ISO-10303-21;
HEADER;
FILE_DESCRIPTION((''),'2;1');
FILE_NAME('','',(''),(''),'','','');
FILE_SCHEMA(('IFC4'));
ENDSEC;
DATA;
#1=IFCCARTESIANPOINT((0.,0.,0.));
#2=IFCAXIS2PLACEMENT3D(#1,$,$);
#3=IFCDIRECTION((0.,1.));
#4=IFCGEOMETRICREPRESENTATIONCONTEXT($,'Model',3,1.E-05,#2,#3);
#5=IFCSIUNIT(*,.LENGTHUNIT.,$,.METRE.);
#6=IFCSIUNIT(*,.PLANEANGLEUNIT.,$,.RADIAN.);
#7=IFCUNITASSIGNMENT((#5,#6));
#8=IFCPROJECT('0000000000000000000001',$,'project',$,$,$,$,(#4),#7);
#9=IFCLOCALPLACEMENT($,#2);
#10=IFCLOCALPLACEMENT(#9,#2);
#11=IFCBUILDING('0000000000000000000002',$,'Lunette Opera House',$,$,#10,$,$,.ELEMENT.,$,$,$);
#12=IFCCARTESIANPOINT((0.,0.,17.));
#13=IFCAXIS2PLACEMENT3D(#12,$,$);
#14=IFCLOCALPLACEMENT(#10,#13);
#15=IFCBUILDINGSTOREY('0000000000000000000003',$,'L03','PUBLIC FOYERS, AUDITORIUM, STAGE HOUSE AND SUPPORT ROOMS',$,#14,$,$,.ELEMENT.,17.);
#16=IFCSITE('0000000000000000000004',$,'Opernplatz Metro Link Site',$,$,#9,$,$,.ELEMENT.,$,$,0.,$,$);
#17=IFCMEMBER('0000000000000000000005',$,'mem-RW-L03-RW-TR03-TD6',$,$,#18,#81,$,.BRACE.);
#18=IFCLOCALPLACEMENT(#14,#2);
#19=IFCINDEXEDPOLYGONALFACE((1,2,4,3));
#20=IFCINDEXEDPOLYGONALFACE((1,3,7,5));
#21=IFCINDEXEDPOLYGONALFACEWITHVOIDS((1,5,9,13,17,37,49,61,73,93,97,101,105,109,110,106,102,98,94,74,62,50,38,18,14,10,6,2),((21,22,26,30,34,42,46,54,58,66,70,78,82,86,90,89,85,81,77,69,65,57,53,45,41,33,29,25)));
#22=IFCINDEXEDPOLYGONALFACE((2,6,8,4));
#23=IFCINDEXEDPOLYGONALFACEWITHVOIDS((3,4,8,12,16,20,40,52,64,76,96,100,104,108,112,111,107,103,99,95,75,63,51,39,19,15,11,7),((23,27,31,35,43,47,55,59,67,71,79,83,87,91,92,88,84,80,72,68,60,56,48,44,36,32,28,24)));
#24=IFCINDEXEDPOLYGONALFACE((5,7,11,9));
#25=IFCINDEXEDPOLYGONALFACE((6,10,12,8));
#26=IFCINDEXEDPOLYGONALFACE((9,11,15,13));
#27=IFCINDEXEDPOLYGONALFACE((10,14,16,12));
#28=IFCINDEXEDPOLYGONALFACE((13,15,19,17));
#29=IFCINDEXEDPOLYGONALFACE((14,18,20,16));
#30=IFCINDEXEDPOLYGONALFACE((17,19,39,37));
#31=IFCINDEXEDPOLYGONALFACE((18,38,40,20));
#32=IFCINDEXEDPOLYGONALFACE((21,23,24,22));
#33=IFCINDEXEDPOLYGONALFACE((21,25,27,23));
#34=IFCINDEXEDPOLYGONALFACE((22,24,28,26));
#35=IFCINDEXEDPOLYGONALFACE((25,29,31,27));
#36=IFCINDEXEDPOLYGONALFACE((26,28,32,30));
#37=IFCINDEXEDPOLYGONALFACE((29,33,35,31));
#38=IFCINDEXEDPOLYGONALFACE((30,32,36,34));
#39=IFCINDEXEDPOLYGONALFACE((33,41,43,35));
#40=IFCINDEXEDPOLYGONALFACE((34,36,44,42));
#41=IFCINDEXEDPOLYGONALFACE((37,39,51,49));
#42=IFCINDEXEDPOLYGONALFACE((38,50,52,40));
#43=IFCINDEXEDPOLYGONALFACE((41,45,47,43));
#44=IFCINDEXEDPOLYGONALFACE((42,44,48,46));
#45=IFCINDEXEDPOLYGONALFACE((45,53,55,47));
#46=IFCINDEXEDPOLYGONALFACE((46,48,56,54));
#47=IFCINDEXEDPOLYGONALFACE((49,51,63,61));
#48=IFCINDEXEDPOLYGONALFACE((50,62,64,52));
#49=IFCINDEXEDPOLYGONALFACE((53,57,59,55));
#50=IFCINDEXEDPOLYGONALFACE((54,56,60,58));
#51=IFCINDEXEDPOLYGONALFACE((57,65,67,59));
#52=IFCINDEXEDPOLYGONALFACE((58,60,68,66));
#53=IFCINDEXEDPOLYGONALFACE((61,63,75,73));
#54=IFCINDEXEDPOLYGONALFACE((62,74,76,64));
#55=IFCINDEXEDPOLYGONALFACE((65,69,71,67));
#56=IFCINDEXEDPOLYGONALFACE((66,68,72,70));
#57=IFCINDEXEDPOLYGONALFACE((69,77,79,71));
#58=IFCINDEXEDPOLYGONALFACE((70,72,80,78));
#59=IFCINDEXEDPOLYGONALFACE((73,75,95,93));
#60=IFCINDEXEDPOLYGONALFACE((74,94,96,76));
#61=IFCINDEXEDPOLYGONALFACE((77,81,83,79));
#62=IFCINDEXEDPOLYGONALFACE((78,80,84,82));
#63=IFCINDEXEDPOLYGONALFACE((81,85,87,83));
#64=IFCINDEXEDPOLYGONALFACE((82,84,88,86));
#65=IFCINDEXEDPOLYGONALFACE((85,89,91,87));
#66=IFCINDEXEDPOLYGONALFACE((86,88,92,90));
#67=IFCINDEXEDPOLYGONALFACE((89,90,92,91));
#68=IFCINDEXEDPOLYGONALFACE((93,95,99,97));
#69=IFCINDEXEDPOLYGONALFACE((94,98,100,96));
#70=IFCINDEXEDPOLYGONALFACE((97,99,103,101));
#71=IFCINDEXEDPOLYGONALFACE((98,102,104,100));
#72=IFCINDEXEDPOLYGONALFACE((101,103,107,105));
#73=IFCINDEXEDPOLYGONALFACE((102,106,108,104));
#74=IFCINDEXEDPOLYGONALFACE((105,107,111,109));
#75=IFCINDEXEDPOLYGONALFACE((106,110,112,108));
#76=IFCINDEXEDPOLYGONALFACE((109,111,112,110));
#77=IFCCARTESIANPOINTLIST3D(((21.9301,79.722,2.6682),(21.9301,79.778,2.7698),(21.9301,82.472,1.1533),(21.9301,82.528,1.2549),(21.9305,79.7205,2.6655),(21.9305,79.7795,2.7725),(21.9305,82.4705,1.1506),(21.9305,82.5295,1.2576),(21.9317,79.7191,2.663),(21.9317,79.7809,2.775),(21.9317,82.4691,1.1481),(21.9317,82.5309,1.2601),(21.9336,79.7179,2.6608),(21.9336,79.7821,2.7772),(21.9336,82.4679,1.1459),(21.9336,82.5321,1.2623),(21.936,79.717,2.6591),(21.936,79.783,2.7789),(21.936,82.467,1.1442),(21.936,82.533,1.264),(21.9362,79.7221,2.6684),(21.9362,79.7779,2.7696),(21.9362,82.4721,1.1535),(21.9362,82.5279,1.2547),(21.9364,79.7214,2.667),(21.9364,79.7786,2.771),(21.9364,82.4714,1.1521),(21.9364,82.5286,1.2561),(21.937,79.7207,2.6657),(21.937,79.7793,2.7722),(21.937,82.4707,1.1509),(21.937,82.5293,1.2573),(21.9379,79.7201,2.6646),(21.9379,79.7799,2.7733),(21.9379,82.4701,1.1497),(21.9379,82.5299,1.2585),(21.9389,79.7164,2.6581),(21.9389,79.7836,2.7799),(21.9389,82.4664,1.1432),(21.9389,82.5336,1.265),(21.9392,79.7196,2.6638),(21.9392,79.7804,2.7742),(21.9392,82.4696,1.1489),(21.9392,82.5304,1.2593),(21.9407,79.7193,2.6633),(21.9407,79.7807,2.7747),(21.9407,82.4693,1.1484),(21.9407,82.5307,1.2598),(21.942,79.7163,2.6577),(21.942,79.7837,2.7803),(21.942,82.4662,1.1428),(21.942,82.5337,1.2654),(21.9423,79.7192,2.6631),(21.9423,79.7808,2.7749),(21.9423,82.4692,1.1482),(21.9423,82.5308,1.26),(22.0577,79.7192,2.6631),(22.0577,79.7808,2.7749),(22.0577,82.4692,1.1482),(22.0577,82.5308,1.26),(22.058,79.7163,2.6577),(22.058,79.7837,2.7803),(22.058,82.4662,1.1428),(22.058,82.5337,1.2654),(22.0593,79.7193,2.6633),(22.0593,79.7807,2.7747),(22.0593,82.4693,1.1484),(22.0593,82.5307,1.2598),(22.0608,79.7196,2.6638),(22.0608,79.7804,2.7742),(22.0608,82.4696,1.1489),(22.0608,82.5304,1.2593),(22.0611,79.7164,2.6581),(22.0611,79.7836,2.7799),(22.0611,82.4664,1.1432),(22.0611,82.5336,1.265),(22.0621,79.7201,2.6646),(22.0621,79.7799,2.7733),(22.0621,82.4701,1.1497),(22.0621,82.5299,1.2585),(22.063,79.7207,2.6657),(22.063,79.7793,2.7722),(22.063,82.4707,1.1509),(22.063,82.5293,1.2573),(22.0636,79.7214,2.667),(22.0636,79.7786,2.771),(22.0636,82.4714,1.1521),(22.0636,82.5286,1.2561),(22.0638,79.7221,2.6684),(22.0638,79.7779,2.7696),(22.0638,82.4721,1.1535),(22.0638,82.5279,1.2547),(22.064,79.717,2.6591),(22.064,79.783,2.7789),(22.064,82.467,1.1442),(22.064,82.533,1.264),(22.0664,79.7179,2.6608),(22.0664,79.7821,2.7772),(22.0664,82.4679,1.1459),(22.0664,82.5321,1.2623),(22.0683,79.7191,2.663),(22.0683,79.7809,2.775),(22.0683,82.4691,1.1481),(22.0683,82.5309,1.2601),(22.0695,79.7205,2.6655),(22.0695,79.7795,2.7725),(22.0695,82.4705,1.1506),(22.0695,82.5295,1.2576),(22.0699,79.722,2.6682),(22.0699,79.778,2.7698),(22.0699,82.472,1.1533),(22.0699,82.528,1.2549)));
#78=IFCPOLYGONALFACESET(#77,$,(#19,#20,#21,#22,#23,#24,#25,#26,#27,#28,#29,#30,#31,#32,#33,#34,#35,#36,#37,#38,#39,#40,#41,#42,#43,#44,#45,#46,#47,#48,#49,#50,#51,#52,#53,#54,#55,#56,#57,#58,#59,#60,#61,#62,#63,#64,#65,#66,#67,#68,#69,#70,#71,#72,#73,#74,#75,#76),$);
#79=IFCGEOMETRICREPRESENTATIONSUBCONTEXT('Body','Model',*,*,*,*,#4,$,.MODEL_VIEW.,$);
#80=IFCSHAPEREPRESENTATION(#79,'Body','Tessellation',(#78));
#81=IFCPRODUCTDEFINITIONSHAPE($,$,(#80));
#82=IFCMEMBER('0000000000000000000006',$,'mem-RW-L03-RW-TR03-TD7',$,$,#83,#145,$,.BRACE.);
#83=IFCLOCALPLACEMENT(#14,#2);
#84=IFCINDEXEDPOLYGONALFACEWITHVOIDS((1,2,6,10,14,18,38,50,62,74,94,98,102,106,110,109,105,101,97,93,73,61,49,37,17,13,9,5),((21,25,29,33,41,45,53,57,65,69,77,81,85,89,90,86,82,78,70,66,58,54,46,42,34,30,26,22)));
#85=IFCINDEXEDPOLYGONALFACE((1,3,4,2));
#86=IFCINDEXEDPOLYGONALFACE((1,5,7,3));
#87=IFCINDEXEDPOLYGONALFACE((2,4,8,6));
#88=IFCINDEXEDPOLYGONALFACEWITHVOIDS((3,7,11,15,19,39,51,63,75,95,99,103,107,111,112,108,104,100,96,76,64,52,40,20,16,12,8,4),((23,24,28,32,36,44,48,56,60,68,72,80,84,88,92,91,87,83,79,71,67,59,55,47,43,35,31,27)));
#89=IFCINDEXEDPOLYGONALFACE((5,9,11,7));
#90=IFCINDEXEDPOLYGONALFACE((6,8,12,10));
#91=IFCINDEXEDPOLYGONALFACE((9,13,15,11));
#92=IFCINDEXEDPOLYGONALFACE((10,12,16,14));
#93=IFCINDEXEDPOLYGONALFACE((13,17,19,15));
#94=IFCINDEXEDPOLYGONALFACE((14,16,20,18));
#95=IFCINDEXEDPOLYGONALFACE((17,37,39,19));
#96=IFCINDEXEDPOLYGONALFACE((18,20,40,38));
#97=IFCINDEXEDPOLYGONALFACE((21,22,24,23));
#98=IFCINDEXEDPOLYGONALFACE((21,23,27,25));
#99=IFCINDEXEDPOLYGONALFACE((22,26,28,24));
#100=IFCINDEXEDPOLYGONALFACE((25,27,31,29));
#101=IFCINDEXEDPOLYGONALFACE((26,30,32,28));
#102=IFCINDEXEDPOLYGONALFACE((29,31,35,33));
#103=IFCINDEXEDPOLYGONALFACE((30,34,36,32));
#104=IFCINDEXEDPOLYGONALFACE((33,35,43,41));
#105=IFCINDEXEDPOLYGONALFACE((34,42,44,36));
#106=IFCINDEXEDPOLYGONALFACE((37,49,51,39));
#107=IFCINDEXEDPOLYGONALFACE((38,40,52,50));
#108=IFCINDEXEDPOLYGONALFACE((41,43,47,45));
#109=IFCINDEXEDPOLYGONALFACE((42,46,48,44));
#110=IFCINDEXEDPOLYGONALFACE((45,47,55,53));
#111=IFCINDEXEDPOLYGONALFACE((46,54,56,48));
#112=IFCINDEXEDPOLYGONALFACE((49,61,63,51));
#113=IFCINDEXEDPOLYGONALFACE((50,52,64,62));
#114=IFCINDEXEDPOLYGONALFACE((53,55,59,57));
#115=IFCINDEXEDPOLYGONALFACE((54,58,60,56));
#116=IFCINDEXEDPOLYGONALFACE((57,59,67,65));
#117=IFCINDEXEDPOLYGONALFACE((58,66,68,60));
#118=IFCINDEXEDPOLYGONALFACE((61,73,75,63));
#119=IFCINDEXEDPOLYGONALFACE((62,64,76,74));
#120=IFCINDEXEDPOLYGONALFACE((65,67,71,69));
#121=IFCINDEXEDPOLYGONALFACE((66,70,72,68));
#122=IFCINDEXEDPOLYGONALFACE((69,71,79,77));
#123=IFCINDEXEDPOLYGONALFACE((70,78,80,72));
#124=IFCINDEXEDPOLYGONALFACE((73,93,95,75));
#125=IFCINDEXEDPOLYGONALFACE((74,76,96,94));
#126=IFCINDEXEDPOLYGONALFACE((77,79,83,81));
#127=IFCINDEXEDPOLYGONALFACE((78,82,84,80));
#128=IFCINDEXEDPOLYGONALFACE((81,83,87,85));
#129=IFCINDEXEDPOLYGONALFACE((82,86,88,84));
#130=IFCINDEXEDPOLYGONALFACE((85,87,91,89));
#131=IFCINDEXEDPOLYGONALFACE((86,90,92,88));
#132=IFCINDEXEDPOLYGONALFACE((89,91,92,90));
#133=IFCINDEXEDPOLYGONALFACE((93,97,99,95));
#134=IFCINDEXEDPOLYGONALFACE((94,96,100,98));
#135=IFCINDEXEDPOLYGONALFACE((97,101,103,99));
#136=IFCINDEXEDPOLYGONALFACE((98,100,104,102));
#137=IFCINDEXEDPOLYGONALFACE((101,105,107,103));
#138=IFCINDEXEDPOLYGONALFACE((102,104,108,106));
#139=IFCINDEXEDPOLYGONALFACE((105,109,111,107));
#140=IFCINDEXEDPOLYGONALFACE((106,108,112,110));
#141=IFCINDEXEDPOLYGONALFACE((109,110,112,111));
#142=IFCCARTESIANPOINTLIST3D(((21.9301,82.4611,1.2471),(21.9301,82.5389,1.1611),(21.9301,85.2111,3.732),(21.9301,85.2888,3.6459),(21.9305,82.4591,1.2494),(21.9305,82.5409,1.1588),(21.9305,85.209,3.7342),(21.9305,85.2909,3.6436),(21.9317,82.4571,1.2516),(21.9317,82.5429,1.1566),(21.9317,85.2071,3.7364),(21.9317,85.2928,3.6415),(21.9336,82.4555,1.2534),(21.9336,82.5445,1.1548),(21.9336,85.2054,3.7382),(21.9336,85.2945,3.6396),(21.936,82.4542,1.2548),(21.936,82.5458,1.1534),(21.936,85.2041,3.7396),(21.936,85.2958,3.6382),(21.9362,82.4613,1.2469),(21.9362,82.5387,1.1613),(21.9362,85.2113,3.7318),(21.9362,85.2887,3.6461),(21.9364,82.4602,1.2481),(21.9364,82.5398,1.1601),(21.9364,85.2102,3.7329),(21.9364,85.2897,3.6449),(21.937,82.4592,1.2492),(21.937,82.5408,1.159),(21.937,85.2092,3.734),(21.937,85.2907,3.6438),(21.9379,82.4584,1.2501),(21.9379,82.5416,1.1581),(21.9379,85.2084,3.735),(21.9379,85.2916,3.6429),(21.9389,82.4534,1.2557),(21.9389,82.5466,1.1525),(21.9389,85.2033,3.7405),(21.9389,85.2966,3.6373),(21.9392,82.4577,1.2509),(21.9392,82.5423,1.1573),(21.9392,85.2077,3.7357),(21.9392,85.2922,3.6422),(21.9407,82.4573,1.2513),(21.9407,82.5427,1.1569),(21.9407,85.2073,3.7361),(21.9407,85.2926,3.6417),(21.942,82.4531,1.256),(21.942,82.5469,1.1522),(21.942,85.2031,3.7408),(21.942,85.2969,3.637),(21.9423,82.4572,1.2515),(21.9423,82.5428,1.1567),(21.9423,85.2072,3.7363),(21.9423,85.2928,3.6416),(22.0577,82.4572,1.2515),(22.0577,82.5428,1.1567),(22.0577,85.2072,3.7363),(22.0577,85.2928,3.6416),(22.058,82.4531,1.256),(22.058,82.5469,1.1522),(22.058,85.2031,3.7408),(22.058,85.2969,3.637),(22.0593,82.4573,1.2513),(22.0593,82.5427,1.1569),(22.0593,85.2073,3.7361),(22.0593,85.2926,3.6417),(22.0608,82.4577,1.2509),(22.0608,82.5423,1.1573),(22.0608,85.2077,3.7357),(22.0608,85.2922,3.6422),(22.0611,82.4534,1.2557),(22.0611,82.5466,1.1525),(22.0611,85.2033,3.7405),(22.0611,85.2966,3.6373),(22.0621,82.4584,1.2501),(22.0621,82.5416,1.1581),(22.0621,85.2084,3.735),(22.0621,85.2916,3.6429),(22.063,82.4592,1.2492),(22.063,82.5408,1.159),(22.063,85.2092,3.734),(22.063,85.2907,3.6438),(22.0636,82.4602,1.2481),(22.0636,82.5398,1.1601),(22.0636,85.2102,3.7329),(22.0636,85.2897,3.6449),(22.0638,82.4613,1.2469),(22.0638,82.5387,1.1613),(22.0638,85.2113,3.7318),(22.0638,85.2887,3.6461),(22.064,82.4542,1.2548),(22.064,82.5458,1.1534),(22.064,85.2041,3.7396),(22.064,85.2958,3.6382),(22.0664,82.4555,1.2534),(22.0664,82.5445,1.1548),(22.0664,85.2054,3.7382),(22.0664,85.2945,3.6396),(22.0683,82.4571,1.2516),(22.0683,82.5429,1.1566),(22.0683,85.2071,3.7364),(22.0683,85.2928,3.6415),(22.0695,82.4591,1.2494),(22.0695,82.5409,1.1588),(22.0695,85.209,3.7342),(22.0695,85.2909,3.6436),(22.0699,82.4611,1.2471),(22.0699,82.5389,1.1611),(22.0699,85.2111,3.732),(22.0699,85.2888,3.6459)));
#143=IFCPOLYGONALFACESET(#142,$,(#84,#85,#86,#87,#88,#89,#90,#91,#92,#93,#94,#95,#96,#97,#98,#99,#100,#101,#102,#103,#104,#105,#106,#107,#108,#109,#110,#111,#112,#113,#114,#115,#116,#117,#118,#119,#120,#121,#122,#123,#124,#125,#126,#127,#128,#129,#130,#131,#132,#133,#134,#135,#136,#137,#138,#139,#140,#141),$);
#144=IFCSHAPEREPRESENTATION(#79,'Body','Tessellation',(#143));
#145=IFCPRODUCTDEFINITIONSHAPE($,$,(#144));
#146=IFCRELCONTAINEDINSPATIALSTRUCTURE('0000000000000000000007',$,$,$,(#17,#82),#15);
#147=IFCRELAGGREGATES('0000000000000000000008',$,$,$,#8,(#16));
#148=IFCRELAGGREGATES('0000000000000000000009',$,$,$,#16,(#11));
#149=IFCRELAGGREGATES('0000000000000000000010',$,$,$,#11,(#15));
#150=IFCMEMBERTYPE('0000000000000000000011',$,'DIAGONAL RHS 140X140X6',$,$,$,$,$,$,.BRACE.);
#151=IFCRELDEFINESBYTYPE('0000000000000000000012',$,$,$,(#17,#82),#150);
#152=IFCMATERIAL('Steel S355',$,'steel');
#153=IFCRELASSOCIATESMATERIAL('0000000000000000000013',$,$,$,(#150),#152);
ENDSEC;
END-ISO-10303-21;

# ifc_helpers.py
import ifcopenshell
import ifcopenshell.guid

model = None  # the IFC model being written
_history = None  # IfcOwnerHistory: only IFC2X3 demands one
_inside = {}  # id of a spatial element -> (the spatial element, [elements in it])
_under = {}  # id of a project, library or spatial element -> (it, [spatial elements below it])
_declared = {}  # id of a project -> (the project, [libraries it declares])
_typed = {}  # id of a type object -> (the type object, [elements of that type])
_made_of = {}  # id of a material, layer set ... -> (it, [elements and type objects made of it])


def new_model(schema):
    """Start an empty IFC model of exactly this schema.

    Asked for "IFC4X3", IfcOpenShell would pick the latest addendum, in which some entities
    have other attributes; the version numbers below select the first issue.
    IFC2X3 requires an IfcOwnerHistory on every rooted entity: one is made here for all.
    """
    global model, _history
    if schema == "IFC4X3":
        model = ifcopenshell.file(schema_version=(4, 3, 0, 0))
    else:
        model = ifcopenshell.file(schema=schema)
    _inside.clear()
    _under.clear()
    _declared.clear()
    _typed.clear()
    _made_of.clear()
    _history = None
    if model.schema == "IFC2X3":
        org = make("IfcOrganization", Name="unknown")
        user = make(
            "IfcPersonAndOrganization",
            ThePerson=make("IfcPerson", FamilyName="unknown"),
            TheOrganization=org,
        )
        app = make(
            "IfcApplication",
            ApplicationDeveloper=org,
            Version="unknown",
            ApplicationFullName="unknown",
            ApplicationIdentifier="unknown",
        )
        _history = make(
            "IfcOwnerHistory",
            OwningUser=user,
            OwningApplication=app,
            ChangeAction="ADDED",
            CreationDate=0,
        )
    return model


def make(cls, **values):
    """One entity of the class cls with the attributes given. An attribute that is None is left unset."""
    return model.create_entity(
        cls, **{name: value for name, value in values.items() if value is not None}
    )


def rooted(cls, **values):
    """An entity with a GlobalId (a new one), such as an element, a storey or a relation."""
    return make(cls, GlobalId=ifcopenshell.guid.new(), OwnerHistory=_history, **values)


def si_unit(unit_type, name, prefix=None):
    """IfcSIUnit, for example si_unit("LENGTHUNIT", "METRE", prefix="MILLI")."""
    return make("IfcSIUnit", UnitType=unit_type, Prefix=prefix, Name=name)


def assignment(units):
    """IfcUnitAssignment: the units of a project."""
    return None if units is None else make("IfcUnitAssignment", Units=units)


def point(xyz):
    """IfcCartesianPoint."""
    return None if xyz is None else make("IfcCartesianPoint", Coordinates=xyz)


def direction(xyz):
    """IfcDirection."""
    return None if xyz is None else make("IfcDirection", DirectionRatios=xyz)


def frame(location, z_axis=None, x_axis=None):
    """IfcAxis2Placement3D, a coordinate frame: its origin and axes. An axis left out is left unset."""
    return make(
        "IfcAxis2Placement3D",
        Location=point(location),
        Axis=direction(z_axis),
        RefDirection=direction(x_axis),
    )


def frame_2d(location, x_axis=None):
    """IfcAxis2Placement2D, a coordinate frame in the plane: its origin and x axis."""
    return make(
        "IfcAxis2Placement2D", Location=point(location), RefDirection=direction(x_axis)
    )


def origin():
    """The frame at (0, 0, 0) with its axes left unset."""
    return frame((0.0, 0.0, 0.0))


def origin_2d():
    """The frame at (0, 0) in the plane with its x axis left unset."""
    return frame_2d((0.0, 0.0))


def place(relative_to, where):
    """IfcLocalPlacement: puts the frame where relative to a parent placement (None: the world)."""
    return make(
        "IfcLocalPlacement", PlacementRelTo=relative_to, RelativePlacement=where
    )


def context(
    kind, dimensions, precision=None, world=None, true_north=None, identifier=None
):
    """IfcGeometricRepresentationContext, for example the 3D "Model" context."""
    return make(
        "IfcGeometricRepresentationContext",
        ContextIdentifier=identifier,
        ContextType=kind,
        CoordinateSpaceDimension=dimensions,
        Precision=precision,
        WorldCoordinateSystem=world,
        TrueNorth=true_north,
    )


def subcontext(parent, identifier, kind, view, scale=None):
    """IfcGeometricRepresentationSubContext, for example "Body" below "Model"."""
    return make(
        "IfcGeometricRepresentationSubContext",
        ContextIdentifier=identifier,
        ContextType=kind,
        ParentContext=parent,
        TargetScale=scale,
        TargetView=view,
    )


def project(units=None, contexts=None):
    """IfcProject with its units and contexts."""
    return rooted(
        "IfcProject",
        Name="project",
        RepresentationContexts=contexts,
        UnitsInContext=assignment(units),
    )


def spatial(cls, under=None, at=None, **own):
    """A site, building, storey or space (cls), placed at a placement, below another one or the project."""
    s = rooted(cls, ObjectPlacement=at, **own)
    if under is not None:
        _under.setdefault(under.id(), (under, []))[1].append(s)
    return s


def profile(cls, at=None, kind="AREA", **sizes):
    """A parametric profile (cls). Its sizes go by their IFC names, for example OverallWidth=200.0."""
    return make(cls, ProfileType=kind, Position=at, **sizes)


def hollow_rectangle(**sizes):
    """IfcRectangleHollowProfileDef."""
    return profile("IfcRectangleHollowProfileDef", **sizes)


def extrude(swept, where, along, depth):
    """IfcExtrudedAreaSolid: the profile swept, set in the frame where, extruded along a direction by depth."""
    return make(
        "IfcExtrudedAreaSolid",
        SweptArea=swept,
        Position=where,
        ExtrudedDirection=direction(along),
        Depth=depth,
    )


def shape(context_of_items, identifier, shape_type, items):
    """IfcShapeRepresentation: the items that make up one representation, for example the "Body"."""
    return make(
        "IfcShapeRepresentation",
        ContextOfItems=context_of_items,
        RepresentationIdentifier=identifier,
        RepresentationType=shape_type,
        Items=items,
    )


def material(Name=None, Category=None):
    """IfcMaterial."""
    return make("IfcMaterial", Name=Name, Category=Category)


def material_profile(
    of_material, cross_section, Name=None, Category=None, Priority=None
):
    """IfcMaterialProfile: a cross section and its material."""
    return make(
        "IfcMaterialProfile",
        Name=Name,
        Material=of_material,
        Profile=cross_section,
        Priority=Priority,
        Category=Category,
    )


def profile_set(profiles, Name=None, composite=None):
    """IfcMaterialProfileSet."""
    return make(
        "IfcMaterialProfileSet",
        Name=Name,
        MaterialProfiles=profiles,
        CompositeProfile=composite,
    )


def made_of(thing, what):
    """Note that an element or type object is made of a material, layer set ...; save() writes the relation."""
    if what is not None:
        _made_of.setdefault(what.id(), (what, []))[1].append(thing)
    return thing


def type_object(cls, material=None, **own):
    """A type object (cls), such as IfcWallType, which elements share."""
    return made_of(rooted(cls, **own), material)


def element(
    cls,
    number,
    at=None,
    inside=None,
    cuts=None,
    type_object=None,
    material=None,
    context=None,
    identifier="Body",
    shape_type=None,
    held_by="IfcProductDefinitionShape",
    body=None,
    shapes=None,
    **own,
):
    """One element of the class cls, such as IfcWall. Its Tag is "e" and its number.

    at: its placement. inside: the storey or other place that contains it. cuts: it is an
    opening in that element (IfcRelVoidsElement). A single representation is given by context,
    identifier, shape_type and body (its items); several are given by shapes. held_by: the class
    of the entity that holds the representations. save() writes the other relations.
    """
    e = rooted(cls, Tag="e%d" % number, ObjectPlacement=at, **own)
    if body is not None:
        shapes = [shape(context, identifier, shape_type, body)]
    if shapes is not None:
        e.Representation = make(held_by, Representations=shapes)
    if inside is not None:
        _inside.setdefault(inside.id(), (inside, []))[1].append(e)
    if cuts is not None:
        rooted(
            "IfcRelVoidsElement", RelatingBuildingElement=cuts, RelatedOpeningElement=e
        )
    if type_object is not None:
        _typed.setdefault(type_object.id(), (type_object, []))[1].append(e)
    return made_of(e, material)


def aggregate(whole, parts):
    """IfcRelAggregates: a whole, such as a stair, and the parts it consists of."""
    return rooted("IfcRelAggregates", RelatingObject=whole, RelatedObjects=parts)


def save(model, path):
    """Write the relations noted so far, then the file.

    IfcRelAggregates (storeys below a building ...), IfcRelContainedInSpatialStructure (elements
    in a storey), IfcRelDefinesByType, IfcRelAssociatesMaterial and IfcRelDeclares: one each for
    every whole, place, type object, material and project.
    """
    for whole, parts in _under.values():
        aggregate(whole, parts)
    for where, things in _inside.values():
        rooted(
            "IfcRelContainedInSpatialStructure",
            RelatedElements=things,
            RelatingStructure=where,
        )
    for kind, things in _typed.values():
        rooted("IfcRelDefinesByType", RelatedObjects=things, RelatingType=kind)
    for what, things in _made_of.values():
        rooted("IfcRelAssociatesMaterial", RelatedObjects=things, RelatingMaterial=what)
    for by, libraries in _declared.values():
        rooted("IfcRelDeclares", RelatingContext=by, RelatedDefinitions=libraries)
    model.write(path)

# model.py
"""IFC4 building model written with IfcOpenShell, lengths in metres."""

from ifc_helpers import new_model, si_unit, direction, frame, origin, origin_2d, place, context, subcontext, project, spatial, hollow_rectangle, extrude, material, material_profile, profile_set, type_object, element, save


model = new_model("IFC4")

# Units and contexts
model_context = context("Model", 3, precision=1e-05, world=origin(), true_north=direction((0.0, 1.0)))
body_context = subcontext(model_context, "Body", "Model", "MODEL_VIEW")
ifc_project = project(units=[si_unit("LENGTHUNIT", "METRE"), si_unit("PLANEANGLEUNIT", "RADIAN")], contexts=[model_context])

# Site, building, storey
site_placement = place(None, origin())
site = spatial("IfcSite", under=ifc_project, at=site_placement, Name="Opernplatz Metro Link Site", CompositionType="ELEMENT", RefElevation=0.0)
building_placement = place(site_placement, origin())
building = spatial("IfcBuilding", under=site, at=building_placement, Name="Lunette Opera House", CompositionType="ELEMENT")
storey_placement = place(building_placement, frame((0.0, 0.0, 17.0)))
storey = spatial("IfcBuildingStorey", under=building, at=storey_placement, Name="L03", Description="PUBLIC FOYERS, AUDITORIUM, STAGE HOUSE AND SUPPORT ROOMS", CompositionType="ELEMENT", Elevation=17.0)

# Members
ifc_material_1 = material(Name="Steel S355", Category="steel")
ifc_material_profile_1 = material_profile(ifc_material_1, hollow_rectangle(XDim=0.1399, YDim=0.1399, WallThickness=0.0061, InnerFilletRadius=0.0061, OuterFilletRadius=0.012, at=origin_2d()), Name="RHS 140X140X6")
ifc_profile_set_1 = profile_set([ifc_material_profile_1], Name="Steel S355")
member_type_1 = type_object("IfcMemberType", Name="DIAGONAL RHS 140X140X6", PredefinedType="BRACE", material=ifc_profile_set_1)
member_1_placement = place(storey_placement, frame((22.0, 79.75, 2.719), z_axis=(0.0, 0.875894, -0.482504), x_axis=(-1.0, 0.0, 0.0)))
element("IfcMember", 1, at=member_1_placement, inside=storey, type_object=member_type_1, Name="mem-RW-L03-RW-TR03-TD6", PredefinedType="BRACE", context=body_context, shape_type="SweptSolid", body=[
    extrude(hollow_rectangle(XDim=0.1399, YDim=0.1399, WallThickness=0.0061, InnerFilletRadius=0.0061, OuterFilletRadius=0.012, at=origin_2d()), origin(), (0.0, 0.0, 1.0), 3.1396),
])
member_2_placement = place(storey_placement, frame((22.0, 82.5, 1.2041), z_axis=(0.0, 0.741969, 0.670434), x_axis=(-1.0, 0.0, 0.0)))
element("IfcMember", 2, at=member_2_placement, inside=storey, type_object=member_type_1, Name="mem-RW-L03-RW-TR03-TD7", PredefinedType="BRACE", context=body_context, shape_type="SweptSolid", body=[
    extrude(hollow_rectangle(XDim=0.1399, YDim=0.1399, WallThickness=0.0061, InnerFilletRadius=0.0061, OuterFilletRadius=0.012, at=origin_2d()), origin(), (0.0, 0.0, 1.0), 3.7063),
])

save(model, "model.ifc")
